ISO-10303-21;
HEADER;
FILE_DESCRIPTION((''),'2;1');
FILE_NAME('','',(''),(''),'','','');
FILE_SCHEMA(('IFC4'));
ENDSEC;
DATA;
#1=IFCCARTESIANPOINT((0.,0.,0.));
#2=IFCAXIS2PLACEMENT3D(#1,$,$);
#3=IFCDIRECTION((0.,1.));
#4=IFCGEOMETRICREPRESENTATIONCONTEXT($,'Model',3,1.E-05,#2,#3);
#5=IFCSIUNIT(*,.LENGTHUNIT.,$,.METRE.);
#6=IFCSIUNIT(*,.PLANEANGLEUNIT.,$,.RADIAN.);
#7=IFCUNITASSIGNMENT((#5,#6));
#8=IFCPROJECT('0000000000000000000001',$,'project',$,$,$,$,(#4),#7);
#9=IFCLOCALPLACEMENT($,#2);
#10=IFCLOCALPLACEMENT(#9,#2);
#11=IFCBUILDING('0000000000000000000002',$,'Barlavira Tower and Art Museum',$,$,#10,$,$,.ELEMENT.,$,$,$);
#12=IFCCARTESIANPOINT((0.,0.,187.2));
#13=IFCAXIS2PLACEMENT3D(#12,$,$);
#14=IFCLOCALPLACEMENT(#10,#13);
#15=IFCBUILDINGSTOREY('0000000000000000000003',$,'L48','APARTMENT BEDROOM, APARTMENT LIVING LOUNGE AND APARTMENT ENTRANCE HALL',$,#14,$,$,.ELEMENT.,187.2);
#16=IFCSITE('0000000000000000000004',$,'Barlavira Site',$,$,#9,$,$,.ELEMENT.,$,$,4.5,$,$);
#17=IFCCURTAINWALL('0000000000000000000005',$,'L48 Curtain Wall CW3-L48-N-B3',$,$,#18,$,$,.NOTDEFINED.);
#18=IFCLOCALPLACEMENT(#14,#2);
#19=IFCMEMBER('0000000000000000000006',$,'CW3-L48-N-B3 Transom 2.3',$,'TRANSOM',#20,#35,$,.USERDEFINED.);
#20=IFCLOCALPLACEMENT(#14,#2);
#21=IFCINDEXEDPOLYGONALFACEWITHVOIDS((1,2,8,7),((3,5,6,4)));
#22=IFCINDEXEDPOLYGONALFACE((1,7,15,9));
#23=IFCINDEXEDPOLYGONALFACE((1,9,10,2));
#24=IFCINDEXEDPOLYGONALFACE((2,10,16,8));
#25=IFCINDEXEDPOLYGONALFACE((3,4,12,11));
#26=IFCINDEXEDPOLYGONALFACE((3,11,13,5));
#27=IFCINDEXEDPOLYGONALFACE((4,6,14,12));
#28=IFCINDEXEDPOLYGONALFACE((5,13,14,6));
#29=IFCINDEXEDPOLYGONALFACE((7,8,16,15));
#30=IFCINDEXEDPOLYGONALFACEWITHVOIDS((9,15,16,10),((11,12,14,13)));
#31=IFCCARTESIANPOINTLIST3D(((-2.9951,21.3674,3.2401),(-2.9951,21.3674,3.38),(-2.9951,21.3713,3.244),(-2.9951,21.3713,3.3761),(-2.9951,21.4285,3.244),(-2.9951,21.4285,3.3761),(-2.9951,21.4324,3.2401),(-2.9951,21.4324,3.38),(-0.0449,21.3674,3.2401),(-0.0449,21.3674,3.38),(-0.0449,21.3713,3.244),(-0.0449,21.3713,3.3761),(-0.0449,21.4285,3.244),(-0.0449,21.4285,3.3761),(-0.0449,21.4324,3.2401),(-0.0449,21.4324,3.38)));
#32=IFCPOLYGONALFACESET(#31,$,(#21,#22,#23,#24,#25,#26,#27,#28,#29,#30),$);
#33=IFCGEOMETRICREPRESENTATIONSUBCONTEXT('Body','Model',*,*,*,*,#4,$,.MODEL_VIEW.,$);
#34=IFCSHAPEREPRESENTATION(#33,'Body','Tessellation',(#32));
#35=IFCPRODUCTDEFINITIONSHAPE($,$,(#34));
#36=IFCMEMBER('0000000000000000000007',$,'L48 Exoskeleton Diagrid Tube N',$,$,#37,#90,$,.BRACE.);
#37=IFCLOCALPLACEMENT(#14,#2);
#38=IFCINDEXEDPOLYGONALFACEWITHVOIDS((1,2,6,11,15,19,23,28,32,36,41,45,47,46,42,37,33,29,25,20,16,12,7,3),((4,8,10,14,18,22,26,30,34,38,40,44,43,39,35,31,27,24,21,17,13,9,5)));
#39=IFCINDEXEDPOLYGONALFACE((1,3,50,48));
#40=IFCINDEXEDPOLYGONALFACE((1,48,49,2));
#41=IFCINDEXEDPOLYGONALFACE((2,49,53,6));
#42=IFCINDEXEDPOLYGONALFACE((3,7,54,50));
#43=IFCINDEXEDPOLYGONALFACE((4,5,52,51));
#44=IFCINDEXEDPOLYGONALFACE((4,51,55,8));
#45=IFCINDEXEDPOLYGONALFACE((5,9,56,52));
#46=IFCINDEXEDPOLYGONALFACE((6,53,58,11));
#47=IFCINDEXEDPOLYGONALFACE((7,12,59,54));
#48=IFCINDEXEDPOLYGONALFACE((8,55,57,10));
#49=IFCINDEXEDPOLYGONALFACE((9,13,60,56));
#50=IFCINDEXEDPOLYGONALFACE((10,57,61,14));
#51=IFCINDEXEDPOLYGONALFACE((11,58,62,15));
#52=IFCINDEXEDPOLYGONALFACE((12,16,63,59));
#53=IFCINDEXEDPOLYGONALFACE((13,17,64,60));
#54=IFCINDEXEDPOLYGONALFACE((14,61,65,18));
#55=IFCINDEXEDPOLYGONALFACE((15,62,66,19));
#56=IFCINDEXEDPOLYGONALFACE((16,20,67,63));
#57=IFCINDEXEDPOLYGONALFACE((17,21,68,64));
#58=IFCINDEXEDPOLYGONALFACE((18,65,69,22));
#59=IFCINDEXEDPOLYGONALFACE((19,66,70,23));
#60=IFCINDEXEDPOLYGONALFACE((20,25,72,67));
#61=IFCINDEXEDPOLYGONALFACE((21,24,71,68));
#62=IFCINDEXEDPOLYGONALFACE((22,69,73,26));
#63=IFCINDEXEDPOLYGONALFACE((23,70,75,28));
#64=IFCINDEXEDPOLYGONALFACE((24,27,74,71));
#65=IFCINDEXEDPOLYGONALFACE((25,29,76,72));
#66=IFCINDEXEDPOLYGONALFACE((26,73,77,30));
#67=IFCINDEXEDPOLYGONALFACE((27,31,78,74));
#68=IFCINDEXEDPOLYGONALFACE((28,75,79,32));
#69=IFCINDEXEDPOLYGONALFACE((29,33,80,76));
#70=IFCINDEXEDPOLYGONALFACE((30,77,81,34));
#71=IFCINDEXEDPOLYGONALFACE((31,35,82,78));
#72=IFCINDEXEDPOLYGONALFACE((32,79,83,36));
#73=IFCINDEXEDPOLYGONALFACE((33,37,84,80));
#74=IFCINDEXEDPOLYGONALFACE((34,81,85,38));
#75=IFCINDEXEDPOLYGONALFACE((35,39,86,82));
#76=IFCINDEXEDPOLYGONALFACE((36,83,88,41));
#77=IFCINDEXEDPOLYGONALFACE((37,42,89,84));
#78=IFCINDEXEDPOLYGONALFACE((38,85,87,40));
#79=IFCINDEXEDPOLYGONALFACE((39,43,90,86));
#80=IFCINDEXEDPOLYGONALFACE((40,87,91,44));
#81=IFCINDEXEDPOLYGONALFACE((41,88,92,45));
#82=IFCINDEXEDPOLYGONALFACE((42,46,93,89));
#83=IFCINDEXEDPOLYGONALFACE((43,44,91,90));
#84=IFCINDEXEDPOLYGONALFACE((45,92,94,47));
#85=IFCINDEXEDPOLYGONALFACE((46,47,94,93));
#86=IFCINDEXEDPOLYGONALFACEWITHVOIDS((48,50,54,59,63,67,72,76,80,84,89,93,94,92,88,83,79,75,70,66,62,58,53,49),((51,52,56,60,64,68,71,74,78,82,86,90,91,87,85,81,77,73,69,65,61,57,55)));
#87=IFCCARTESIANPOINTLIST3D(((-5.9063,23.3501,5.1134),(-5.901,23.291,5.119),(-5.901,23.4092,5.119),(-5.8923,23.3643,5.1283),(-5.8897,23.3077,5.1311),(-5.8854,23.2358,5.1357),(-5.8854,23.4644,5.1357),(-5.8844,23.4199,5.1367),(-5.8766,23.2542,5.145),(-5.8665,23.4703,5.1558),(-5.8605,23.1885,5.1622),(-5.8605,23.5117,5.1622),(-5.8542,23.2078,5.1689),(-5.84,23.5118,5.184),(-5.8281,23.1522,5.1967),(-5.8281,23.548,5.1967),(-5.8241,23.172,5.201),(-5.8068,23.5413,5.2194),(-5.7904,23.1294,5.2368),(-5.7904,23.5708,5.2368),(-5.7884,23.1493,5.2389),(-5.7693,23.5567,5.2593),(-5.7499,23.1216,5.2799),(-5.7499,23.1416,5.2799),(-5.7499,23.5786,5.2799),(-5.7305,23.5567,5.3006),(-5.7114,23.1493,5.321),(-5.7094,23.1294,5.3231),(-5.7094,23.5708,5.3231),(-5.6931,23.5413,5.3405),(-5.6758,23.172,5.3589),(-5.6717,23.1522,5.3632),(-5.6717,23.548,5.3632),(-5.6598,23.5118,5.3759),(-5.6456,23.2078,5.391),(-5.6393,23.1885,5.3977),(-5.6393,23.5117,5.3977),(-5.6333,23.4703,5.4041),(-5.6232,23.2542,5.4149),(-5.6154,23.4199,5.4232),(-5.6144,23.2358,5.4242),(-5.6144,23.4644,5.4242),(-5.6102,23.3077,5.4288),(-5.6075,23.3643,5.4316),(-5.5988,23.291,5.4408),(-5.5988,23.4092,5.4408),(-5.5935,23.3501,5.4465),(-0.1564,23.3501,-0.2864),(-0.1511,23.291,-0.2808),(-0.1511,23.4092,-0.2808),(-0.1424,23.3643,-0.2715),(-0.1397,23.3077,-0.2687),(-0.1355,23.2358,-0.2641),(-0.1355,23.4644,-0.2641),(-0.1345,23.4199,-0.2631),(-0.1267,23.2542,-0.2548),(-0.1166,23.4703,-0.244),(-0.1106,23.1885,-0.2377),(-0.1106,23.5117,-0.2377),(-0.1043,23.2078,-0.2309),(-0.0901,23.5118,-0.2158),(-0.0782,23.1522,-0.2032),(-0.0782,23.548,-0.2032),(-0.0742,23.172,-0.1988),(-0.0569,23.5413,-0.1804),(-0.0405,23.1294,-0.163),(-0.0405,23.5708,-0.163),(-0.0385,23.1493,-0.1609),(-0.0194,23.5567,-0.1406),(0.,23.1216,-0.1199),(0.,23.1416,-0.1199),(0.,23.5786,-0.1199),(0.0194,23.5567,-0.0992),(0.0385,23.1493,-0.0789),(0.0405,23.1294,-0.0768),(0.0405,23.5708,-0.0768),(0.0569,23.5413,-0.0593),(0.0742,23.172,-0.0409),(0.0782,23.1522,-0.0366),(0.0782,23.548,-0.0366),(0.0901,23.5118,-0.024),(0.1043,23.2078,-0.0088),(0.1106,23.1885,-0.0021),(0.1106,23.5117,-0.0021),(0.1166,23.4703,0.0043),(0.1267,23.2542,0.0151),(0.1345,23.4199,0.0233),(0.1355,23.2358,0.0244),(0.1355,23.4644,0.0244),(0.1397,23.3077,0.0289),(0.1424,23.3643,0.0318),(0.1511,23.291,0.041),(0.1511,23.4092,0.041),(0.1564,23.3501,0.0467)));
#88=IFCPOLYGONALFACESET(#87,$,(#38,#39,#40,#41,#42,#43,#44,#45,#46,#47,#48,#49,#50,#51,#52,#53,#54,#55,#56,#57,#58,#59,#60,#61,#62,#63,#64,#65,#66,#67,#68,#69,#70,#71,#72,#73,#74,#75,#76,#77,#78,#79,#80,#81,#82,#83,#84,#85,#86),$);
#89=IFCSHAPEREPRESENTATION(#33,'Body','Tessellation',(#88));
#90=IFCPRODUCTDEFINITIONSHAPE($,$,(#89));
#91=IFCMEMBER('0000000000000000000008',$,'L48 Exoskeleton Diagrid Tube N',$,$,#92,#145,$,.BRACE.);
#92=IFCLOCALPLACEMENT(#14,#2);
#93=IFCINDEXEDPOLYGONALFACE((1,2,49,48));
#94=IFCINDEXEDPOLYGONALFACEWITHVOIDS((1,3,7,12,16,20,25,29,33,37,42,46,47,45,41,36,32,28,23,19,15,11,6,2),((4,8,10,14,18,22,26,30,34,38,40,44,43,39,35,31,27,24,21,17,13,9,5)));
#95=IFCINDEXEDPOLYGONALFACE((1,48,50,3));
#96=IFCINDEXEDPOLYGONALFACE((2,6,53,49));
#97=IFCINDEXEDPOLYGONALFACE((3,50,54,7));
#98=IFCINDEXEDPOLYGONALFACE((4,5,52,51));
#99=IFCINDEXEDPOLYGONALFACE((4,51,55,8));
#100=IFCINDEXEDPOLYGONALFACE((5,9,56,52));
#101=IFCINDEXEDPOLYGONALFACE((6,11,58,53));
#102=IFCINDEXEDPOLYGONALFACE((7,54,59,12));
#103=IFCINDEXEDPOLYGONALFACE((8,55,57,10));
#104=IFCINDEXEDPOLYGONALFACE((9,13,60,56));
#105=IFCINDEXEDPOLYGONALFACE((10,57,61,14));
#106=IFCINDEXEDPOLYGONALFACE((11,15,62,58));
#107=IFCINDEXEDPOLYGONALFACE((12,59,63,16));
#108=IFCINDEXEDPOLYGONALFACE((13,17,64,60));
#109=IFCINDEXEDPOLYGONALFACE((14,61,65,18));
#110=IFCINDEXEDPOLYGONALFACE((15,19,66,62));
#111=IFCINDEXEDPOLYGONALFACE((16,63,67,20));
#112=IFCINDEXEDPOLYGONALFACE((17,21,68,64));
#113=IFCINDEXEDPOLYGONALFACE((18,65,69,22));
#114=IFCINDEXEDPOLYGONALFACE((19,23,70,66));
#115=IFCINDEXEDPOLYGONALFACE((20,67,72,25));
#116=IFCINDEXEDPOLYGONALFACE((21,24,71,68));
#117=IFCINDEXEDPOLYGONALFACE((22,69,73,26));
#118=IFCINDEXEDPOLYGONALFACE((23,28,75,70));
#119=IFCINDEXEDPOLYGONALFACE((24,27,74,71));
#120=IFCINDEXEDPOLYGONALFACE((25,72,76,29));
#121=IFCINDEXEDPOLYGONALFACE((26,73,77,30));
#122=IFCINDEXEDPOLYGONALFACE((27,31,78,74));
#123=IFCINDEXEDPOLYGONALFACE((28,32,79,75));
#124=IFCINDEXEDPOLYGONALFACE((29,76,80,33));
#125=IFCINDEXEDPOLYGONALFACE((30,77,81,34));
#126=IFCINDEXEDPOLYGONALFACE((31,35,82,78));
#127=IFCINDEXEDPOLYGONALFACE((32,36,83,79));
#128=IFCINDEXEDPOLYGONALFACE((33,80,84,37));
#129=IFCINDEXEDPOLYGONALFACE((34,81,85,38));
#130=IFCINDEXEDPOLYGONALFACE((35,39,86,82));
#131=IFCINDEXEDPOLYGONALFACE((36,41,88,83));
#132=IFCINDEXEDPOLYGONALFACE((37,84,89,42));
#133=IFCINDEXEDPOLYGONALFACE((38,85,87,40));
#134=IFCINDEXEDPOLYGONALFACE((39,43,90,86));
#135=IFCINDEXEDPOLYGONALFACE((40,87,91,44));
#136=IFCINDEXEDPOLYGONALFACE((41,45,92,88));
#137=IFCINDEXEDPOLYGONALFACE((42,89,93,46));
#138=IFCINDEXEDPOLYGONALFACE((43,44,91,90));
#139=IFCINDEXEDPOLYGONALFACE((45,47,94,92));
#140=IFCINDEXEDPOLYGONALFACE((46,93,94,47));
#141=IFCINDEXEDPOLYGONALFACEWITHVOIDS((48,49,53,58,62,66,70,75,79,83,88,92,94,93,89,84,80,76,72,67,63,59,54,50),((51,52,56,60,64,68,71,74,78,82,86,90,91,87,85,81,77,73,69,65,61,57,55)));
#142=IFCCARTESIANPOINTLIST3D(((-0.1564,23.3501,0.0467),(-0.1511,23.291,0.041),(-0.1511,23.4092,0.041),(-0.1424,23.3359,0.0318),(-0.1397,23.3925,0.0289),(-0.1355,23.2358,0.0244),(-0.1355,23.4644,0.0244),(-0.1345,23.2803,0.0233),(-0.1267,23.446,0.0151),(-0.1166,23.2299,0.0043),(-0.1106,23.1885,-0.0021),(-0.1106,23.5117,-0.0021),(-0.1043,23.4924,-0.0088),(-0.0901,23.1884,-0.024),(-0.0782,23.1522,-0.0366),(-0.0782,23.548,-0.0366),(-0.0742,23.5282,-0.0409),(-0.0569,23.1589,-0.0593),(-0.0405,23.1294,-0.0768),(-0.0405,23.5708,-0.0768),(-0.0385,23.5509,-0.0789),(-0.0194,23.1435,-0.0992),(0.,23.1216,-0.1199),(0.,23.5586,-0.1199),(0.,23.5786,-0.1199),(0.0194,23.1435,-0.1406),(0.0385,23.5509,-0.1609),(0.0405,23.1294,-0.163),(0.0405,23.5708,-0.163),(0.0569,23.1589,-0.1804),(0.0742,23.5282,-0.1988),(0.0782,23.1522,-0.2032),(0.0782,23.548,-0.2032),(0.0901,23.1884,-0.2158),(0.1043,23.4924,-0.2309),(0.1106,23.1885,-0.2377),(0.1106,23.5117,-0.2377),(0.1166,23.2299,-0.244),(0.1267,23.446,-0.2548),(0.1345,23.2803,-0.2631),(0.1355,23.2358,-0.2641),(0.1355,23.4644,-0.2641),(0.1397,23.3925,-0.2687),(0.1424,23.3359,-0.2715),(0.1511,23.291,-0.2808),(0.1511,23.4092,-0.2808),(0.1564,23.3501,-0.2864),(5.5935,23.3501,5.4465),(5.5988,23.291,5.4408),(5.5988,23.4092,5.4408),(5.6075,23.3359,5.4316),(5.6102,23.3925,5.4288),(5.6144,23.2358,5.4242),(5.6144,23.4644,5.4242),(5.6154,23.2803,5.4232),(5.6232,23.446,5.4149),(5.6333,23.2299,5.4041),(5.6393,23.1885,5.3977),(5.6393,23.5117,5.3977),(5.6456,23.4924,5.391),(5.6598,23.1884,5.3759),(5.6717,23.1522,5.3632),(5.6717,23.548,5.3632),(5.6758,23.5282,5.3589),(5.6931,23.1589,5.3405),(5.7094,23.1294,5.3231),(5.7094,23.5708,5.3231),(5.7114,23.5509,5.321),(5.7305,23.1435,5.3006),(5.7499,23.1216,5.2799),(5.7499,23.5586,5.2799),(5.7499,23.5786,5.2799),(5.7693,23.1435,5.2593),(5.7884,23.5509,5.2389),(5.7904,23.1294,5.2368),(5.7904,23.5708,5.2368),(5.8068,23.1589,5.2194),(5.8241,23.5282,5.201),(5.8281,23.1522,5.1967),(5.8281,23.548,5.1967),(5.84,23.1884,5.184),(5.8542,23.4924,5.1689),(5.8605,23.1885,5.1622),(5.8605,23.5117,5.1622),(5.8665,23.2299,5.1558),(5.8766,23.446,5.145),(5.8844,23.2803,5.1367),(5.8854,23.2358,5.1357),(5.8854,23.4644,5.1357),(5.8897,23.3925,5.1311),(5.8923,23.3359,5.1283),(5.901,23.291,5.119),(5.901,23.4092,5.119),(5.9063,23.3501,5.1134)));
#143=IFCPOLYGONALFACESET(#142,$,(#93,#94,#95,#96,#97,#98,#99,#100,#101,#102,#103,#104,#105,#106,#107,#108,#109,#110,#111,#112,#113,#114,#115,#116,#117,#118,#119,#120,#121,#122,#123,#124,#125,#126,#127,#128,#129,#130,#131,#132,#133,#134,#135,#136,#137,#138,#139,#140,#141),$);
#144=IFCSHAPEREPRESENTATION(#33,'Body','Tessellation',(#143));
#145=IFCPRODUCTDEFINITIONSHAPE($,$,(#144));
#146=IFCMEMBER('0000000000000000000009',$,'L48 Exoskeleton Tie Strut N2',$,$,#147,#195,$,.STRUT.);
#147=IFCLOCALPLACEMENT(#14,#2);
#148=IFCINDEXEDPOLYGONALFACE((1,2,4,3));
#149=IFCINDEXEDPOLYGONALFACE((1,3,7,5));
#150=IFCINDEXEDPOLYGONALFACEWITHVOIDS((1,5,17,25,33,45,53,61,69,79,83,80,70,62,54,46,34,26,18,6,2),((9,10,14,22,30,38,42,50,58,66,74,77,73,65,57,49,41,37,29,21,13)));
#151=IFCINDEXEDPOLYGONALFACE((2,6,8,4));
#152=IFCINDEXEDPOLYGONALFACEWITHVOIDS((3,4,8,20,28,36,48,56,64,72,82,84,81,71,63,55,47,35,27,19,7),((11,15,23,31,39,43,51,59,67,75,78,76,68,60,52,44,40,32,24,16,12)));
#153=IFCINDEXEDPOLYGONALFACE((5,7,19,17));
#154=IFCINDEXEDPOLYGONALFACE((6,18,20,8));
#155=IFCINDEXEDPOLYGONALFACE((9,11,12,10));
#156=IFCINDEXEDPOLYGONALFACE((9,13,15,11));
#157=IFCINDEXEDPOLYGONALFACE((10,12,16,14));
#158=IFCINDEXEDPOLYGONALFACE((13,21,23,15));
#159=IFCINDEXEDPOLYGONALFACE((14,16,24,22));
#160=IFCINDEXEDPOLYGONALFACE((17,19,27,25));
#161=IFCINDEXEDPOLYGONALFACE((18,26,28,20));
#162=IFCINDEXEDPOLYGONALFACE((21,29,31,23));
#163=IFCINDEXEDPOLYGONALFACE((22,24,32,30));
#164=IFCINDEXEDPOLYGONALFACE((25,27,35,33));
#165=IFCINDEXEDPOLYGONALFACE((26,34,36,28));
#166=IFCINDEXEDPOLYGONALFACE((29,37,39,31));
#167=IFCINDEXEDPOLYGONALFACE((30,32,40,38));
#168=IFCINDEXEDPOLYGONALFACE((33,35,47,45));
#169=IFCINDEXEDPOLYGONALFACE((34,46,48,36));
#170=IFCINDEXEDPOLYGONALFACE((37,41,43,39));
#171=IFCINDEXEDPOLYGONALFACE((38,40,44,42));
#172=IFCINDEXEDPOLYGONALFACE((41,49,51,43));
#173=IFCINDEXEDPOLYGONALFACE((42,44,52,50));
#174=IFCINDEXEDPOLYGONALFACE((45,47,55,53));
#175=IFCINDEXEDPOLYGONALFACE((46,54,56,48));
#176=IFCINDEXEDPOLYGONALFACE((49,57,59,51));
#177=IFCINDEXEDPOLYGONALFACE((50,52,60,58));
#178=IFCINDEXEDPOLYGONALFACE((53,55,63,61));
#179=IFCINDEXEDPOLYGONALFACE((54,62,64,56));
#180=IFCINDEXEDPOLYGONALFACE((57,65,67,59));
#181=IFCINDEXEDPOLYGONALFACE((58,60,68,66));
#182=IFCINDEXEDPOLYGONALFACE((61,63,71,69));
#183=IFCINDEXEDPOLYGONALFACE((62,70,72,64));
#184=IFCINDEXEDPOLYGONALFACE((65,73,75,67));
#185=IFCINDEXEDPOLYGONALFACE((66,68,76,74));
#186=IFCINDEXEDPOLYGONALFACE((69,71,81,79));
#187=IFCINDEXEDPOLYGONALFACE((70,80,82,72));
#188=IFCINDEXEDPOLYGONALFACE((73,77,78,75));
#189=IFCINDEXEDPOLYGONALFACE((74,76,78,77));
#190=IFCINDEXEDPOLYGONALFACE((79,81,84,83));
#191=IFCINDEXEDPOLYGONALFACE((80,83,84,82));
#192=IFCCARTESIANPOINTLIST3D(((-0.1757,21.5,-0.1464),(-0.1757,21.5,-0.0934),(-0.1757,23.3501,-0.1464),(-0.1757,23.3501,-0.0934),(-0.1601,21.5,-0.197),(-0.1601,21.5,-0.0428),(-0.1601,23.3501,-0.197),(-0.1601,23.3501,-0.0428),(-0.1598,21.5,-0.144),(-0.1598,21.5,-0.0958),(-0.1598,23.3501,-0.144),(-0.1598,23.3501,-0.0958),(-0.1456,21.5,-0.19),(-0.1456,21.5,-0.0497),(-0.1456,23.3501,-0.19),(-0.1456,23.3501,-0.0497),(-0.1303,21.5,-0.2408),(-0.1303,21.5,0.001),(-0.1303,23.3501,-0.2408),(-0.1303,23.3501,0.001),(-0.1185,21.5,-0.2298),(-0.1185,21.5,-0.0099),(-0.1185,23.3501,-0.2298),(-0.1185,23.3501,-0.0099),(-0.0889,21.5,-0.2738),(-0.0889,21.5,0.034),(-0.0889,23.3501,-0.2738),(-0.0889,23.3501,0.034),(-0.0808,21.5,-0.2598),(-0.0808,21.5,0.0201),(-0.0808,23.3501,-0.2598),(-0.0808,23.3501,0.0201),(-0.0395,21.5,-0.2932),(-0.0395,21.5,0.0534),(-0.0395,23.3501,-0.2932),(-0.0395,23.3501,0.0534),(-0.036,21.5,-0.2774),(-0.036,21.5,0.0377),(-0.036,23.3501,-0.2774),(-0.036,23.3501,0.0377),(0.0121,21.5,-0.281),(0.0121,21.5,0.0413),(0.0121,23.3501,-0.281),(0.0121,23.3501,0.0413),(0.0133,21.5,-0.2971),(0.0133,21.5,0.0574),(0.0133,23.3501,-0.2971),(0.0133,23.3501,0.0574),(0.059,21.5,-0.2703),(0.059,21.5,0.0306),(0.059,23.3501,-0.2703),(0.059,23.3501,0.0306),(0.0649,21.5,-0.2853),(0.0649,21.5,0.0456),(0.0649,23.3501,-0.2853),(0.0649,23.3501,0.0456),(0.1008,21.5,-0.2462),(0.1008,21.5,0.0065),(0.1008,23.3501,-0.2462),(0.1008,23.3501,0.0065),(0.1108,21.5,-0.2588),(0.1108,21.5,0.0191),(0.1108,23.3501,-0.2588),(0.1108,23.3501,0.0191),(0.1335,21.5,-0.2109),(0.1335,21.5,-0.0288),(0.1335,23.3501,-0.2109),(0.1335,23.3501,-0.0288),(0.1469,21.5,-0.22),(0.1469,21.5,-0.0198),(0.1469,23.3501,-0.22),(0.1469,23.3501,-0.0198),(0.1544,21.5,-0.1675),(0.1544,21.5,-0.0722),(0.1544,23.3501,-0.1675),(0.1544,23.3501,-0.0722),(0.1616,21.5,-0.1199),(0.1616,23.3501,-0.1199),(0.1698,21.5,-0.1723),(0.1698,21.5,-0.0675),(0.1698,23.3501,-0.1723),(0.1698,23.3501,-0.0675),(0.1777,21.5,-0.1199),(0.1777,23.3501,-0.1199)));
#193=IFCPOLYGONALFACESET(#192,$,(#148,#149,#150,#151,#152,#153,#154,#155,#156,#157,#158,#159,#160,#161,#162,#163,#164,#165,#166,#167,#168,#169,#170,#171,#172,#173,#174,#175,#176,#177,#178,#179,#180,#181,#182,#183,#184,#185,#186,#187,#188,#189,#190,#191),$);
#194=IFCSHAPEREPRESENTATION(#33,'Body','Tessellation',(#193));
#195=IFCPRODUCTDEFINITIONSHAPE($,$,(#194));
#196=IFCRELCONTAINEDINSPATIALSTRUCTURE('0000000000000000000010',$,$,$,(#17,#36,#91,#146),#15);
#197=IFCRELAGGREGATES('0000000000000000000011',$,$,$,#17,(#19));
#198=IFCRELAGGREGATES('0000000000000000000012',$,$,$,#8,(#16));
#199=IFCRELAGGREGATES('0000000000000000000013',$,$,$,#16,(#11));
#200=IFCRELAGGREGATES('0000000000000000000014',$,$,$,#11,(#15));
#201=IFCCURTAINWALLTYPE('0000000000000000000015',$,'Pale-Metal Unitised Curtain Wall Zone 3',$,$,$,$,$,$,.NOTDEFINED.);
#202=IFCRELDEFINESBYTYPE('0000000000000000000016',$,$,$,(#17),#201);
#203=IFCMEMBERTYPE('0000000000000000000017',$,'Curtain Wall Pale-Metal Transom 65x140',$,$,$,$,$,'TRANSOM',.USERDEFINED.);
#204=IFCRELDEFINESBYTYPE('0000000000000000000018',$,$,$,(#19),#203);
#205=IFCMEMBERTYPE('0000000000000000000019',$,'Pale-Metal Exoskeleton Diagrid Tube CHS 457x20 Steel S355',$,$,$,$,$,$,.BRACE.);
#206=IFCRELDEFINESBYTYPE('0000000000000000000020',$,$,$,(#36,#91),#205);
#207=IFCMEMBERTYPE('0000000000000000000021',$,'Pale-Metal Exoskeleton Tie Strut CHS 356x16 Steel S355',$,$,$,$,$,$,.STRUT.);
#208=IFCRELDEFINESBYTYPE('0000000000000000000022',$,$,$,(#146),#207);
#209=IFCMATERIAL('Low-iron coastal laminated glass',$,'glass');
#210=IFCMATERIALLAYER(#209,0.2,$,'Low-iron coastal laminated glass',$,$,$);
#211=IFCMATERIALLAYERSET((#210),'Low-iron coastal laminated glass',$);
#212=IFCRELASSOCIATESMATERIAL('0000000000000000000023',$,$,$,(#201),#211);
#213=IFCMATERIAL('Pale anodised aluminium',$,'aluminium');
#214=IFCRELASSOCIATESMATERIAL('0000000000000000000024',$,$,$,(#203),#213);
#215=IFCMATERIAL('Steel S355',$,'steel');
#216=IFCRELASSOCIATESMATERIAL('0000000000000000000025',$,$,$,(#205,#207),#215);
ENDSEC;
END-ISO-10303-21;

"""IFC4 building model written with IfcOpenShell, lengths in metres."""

from ifc_helpers import new_model, si_unit, direction, frame, origin, origin_2d, place, context, subcontext, project, spatial, hollow_rectangle, hollow_circle, extrude, material, layer, layer_set, material_profile, profile_set, type_object, element, aggregate, save


model = new_model("IFC4")

# Units and contexts
model_context = context("Model", 3, precision=1e-05, world=origin(), true_north=direction((0.0, 1.0)))
body_context = subcontext(model_context, "Body", "Model", "MODEL_VIEW")
ifc_project = project(units=[si_unit("LENGTHUNIT", "METRE"), si_unit("PLANEANGLEUNIT", "RADIAN")], contexts=[model_context])

# Site, building, storey
site_placement = place(None, origin())
site = spatial("IfcSite", under=ifc_project, at=site_placement, Name="Barlavira Site", CompositionType="ELEMENT", RefElevation=4.5)
building_placement = place(site_placement, origin())
building = spatial("IfcBuilding", under=site, at=building_placement, Name="Barlavira Tower and Art Museum", CompositionType="ELEMENT")
storey_placement = place(building_placement, frame((0.0, 0.0, 187.2)))
storey = spatial("IfcBuildingStorey", under=building, at=storey_placement, Name="L48", Description="APARTMENT BEDROOM, APARTMENT LIVING LOUNGE AND APARTMENT ENTRANCE HALL", CompositionType="ELEMENT", Elevation=187.2)

# Curtain wall, member
ifc_material_1 = material(Name="Low-iron coastal laminated glass", Category="glass")
ifc_layer_1 = layer(ifc_material_1, 0.2, Name="Low-iron coastal laminated glass")
ifc_layer_set_1 = layer_set([ifc_layer_1], Name="Low-iron coastal laminated glass")
curtain_wall_type = type_object("IfcCurtainWallType", Name="Pale-Metal Unitised Curtain Wall Zone 3", PredefinedType="NOTDEFINED", material=ifc_layer_set_1)
curtain_wall_placement = place(storey_placement, origin())
curtain_wall = element("IfcCurtainWall", 1, at=curtain_wall_placement, inside=storey, type_object=curtain_wall_type, Name="L48 Curtain Wall CW3-L48-N-B3", PredefinedType="NOTDEFINED")
ifc_material_2 = material(Name="Pale anodised aluminium", Category="aluminium")
ifc_material_profile_1 = material_profile(ifc_material_2, hollow_rectangle(XDim=0.0649, YDim=0.1399, WallThickness=0.0039, at=origin_2d()), Name="ALU-TRAN 65x140x4")
ifc_profile_set_1 = profile_set([ifc_material_profile_1], Name="Pale anodised aluminium")
member_type_1 = type_object("IfcMemberType", Name="Curtain Wall Pale-Metal Transom 65x140", ElementType="TRANSOM", PredefinedType="USERDEFINED", material=ifc_profile_set_1)
member_1_placement = place(storey_placement, frame((-0.0449, 21.3999, 3.3101), z_axis=(-1.0, 0.0, 0.0), x_axis=(0.0, -1.0, 0.0)))
member_1 = element("IfcMember", 2, at=member_1_placement, type_object=member_type_1, Name="CW3-L48-N-B3 Transom 2.3", ObjectType="TRANSOM", PredefinedType="USERDEFINED", context=body_context, shape_type="SweptSolid", body=[
    extrude(hollow_rectangle(XDim=0.0649, YDim=0.1399, WallThickness=0.0039, at=origin_2d()), origin(), (0.0, 0.0, 1.0), 2.9502),
])

# Members
ifc_material_3 = material(Name="Steel S355", Category="steel")
ifc_material_profile_2 = material_profile(ifc_material_3, hollow_circle(Radius=0.2285, WallThickness=0.02, at=origin_2d()), Name="CHS 457.0x20.0")
ifc_profile_set_2 = profile_set([ifc_material_profile_2], Name="Steel S355")
member_type_2 = type_object("IfcMemberType", Name="Pale-Metal Exoskeleton Diagrid Tube CHS 457x20 Steel S355", PredefinedType="BRACE", material=ifc_profile_set_2)
for number, where, z_axis, x_axis, name in (
    (3, (0.0, 23.3501, -0.1199), (-0.72895, 0.0, 0.684567), (0.0, -1.0, 0.0), "L48 Exoskeleton Diagrid Tube N"),
    (4, (0.0, 23.3501, -0.1199), (0.72895, 0.0, 0.684567), (0.0, 1.0, 0.0), "L48 Exoskeleton Diagrid Tube N"),
):
    element("IfcMember", number, at=place(storey_placement, frame(where, z_axis=z_axis, x_axis=x_axis)), inside=storey, type_object=member_type_2, Name=name, PredefinedType="BRACE", context=body_context, shape_type="SweptSolid", body=[
        extrude(hollow_circle(Radius=0.2285, WallThickness=0.02, at=origin_2d()), origin(), (0.0, 0.0, 1.0), 7.8879),
    ])
ifc_material_profile_3 = material_profile(ifc_material_3, hollow_circle(Radius=0.1777, WallThickness=0.0161, at=origin_2d()), Name="CHS 355.6x16.0")
ifc_profile_set_3 = profile_set([ifc_material_profile_3], Name="Steel S355")
member_type_3 = type_object("IfcMemberType", Name="Pale-Metal Exoskeleton Tie Strut CHS 356x16 Steel S355", PredefinedType="STRUT", material=ifc_profile_set_3)
member_2_placement = place(storey_placement, frame((0.0, 23.3501, -0.1199), z_axis=(0.0, -1.0, 0.0), x_axis=(1.0, 0.0, 0.0)))
element("IfcMember", 5, at=member_2_placement, inside=storey, type_object=member_type_3, Name="L48 Exoskeleton Tie Strut N2", PredefinedType="STRUT", context=body_context, shape_type="SweptSolid", body=[
    extrude(hollow_circle(Radius=0.1777, WallThickness=0.0161, at=origin_2d()), origin(), (0.0, 0.0, 1.0), 1.8501),
])

aggregate(curtain_wall, [member_1])

save(model, "model.ifc")
